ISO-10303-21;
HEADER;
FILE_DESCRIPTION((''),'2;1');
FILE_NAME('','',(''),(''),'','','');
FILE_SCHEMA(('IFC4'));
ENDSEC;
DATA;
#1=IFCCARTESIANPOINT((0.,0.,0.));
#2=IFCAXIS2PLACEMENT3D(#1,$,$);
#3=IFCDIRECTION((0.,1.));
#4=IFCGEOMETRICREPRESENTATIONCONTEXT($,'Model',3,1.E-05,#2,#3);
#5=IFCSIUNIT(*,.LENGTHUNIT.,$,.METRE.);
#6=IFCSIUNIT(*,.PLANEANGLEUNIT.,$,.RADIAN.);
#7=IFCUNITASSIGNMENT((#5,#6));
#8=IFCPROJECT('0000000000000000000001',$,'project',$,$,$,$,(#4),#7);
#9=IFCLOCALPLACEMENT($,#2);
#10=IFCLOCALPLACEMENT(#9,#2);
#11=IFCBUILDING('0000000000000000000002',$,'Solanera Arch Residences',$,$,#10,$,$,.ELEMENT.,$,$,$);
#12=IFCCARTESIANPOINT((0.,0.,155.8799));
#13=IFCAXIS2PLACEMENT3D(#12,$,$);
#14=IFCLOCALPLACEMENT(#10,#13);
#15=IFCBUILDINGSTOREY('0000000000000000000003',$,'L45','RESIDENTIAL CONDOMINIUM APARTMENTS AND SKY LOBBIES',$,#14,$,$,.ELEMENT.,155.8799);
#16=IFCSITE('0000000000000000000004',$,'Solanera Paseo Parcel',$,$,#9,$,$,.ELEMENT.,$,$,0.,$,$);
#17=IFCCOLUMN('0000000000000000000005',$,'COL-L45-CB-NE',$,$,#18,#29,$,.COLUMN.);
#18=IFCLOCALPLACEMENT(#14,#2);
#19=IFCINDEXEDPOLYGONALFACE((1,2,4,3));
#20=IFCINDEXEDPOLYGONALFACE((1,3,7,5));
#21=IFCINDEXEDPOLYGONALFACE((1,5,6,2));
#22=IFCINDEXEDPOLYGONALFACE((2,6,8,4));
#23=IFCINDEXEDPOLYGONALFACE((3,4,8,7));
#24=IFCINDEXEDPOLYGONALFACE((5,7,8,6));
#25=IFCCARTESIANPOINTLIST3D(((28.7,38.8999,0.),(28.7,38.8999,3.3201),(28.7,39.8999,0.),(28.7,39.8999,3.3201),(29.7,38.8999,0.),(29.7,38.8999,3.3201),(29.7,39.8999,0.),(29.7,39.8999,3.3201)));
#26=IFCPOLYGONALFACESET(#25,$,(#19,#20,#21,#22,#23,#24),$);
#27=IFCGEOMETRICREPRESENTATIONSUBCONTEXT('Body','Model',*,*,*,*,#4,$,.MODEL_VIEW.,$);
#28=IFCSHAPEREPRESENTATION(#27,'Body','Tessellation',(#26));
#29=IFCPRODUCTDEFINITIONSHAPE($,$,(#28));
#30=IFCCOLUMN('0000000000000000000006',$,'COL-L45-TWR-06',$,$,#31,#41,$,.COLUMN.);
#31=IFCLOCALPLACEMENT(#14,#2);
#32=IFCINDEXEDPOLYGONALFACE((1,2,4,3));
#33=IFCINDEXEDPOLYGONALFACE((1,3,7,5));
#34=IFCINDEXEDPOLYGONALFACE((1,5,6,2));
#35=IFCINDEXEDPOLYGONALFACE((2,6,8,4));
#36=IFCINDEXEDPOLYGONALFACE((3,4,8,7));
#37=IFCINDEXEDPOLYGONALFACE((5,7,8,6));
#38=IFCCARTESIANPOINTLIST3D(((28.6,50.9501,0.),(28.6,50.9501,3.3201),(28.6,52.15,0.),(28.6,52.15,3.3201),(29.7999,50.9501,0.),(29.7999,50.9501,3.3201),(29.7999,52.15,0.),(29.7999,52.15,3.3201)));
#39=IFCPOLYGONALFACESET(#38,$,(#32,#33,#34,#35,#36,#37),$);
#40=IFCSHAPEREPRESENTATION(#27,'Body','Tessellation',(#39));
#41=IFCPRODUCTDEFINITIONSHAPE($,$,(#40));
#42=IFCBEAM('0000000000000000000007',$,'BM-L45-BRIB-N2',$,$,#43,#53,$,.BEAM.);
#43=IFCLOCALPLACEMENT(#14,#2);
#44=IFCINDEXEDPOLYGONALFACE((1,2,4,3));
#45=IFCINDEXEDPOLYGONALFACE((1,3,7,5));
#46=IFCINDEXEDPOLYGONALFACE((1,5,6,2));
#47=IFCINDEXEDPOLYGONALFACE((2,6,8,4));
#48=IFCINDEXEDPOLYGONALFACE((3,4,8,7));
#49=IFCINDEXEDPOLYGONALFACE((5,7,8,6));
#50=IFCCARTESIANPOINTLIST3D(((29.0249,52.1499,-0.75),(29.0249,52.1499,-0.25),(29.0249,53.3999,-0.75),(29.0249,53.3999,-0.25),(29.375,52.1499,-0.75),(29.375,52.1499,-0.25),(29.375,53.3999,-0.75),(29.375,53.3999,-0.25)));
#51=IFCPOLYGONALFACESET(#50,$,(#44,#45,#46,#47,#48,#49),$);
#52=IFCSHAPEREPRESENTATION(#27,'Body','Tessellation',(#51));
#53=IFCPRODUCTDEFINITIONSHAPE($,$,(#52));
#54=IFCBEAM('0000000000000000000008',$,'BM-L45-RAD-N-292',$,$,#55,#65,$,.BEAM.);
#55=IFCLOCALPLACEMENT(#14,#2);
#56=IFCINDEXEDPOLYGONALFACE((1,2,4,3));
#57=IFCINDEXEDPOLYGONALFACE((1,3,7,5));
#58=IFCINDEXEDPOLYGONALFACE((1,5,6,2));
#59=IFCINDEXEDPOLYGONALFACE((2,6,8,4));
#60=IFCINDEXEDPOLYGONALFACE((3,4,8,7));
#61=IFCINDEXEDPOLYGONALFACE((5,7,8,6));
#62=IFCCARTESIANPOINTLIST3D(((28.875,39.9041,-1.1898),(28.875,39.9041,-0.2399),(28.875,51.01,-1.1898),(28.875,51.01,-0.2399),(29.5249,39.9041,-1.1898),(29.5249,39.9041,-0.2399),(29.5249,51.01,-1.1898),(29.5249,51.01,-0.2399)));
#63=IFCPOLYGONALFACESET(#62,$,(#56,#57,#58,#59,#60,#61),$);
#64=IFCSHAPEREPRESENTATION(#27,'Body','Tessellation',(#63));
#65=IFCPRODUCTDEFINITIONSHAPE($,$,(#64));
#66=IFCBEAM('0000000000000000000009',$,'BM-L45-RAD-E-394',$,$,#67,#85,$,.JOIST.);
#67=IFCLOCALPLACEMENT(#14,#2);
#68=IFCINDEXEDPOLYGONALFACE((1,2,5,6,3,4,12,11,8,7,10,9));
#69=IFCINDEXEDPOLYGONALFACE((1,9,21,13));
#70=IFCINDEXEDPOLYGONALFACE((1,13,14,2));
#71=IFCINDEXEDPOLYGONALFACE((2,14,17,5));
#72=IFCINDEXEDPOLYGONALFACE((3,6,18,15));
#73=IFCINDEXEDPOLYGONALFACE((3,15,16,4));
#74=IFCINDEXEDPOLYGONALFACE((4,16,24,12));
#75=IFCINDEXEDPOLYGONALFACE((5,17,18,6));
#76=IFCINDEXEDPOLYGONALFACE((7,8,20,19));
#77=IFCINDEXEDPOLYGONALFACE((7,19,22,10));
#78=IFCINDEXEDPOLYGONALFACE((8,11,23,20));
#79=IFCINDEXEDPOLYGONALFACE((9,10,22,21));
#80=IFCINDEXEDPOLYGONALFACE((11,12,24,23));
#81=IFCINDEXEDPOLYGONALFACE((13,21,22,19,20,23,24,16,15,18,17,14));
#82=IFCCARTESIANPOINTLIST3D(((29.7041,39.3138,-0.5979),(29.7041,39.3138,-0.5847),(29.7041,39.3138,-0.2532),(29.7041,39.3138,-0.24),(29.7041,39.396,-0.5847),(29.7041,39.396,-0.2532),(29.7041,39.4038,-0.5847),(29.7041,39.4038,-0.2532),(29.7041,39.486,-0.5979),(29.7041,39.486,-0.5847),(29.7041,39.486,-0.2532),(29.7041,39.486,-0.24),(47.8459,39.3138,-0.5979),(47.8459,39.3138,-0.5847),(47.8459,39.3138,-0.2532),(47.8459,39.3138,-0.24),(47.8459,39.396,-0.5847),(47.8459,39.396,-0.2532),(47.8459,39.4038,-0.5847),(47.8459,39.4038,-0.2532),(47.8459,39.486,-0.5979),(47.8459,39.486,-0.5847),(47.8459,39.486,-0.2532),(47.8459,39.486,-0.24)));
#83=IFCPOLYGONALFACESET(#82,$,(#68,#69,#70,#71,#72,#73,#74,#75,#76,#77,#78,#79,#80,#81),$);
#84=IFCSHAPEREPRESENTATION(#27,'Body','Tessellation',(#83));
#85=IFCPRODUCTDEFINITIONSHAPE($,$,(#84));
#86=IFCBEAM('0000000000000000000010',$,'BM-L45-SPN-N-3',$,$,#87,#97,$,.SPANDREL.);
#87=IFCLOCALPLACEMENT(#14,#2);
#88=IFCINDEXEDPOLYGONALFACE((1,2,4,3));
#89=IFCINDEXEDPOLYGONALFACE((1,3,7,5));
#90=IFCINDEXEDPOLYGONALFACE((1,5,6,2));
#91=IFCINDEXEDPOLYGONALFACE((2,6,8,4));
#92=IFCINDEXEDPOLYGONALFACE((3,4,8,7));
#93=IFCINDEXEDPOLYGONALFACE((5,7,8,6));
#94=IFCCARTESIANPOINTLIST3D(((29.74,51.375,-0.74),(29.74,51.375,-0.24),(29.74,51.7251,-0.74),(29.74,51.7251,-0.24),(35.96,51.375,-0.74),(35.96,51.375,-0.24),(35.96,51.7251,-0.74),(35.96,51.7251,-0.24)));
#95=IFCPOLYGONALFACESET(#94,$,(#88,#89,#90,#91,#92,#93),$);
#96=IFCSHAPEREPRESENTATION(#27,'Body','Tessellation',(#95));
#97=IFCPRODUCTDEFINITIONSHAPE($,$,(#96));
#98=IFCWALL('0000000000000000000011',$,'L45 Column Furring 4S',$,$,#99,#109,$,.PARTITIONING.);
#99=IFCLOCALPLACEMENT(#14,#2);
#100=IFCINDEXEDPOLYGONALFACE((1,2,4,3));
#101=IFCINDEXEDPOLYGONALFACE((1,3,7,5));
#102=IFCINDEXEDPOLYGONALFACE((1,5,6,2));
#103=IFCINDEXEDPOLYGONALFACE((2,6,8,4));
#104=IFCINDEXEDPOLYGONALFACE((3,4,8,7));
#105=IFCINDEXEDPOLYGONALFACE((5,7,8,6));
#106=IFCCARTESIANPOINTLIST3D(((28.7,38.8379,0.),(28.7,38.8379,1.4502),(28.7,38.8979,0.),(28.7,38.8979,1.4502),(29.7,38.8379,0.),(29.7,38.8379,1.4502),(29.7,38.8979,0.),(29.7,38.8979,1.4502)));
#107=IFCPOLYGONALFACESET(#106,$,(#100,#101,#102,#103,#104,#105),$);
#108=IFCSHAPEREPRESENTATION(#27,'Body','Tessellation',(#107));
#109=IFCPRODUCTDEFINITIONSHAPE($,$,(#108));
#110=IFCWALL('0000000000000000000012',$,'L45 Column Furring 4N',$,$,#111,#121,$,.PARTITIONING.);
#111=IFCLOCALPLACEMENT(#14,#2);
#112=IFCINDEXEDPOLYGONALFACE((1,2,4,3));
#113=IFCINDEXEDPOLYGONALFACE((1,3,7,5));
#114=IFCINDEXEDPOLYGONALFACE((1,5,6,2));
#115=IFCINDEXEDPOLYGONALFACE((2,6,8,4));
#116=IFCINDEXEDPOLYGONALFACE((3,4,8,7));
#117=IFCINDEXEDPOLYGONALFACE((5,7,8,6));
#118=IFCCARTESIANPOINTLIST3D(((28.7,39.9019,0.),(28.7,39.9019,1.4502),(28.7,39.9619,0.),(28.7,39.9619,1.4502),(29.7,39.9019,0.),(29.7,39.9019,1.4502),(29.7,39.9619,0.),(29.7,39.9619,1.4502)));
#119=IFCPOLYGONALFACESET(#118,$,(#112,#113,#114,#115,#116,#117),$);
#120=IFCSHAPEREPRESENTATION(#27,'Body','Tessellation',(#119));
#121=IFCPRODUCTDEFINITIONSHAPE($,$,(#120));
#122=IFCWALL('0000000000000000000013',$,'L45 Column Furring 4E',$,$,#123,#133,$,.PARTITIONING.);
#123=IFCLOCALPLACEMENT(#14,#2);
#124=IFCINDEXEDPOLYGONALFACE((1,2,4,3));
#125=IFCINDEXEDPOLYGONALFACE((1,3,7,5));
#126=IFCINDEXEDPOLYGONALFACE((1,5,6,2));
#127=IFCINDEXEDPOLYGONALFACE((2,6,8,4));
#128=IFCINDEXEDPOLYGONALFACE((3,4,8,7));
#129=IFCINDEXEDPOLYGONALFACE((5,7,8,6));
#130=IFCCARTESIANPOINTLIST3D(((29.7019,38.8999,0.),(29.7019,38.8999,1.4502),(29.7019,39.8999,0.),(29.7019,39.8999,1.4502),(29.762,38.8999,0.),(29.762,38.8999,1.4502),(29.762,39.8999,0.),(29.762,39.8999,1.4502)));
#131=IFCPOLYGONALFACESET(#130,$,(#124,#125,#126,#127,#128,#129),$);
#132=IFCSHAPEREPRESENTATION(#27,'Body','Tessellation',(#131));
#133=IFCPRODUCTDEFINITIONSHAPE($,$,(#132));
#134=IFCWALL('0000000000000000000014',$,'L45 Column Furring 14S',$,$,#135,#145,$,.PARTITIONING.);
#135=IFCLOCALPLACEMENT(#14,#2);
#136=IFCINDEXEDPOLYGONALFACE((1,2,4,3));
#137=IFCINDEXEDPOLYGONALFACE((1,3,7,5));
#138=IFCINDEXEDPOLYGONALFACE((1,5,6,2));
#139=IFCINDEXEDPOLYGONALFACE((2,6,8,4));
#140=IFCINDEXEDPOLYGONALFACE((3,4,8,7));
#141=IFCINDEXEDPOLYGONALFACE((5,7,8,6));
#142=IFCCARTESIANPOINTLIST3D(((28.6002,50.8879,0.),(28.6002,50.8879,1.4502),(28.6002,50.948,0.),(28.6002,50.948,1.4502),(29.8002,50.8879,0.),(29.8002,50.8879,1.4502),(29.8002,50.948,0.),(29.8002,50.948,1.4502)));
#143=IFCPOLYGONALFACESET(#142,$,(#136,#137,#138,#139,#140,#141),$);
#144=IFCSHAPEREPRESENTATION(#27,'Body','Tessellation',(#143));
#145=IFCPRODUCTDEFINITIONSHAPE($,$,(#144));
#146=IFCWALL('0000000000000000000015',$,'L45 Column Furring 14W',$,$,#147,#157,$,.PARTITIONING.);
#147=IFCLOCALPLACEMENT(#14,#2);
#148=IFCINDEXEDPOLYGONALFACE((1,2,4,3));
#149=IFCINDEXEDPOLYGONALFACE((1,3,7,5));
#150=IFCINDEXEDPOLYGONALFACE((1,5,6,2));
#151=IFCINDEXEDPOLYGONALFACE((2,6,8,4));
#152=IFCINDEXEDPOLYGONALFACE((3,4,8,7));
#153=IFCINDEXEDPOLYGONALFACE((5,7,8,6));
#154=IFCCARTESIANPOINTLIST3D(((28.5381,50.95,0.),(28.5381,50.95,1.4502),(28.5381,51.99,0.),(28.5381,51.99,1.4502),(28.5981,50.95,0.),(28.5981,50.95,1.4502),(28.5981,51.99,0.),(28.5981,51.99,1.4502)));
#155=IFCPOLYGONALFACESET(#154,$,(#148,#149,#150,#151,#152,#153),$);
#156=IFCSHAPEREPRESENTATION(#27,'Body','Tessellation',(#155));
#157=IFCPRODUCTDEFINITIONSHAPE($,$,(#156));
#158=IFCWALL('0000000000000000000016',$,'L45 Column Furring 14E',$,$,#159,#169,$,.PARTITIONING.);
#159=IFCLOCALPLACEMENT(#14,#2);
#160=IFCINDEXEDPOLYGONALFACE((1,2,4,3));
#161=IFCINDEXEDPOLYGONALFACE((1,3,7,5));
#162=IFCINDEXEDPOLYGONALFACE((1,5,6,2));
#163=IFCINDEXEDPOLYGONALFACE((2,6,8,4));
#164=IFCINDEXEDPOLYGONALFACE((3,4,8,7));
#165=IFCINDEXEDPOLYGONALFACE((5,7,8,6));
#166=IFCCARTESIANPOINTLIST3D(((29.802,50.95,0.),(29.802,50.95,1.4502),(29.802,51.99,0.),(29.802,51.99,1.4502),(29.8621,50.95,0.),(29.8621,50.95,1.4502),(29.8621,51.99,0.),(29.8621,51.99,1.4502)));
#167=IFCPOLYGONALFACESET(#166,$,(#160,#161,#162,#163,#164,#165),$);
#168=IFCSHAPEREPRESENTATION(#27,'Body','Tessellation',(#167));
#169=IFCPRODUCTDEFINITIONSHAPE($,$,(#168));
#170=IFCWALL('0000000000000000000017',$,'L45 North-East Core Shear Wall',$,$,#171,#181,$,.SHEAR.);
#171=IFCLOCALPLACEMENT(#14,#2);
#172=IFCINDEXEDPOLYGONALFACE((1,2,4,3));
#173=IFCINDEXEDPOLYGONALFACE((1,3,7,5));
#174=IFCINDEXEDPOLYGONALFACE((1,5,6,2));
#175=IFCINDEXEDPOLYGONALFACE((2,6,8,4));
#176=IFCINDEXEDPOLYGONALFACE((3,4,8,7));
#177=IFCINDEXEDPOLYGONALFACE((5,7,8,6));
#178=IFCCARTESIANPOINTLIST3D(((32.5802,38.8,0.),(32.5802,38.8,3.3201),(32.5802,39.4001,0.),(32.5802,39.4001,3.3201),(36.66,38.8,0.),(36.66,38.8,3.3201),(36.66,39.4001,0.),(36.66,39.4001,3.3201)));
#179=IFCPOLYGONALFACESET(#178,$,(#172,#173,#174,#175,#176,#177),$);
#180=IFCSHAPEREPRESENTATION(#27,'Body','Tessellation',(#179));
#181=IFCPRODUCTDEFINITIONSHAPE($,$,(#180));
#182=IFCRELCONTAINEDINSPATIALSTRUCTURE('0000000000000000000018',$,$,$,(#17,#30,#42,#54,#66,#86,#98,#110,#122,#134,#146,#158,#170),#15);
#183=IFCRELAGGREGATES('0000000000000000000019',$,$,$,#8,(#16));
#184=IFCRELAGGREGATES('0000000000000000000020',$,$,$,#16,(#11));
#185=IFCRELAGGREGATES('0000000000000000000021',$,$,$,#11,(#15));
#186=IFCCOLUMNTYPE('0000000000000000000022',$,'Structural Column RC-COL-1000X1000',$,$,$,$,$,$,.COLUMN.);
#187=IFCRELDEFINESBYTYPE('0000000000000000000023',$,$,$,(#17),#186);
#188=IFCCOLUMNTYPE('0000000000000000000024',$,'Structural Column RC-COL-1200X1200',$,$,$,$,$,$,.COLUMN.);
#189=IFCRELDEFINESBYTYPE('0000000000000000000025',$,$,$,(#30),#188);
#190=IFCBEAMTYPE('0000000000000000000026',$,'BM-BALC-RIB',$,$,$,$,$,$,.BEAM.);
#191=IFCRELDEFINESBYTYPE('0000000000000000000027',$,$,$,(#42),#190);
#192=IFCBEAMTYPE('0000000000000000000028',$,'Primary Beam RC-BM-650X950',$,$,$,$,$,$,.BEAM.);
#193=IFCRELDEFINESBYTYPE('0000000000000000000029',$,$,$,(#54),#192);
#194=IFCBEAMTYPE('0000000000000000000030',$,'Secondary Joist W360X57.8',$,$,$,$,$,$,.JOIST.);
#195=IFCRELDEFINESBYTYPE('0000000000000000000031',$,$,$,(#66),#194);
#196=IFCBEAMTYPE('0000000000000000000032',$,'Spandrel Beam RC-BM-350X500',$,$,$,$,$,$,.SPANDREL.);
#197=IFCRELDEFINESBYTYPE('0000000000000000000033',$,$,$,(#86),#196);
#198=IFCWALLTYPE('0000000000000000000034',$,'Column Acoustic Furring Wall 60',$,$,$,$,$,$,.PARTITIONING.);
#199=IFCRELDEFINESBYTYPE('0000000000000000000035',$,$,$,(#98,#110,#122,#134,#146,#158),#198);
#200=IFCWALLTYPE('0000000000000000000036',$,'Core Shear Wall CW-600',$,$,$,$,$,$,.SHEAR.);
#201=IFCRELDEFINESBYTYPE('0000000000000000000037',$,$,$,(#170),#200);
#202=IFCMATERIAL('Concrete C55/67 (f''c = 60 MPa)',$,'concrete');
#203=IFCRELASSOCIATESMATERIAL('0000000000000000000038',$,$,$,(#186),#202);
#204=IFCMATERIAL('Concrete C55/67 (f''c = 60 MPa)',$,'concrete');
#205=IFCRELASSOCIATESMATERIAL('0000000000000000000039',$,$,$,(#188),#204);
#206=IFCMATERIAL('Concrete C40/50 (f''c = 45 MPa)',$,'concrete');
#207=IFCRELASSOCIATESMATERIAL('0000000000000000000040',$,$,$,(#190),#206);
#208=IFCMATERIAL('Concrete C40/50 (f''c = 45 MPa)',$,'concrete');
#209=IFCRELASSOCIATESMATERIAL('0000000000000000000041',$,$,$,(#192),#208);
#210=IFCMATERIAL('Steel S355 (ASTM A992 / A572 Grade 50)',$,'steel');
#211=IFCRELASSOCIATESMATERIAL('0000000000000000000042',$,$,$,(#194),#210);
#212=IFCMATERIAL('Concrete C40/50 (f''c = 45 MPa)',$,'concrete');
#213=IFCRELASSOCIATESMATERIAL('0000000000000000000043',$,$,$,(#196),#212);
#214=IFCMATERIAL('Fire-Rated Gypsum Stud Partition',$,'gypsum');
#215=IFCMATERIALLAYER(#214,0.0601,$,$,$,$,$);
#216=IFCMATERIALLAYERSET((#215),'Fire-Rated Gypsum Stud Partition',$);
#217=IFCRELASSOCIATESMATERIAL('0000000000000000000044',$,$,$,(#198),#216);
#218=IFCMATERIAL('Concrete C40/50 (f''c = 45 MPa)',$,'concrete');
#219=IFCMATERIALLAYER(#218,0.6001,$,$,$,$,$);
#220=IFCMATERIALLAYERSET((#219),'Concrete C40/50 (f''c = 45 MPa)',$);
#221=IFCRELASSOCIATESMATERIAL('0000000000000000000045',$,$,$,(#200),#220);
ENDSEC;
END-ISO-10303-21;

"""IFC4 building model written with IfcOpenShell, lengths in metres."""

from ifc_helpers import new_model, si_unit, direction, frame, frame_2d, origin, origin_2d, place, context, subcontext, project, spatial, rectangle, i_section, extrude, material, layer, layer_set, material_profile, profile_set, type_object, element, save


model = new_model("IFC4")

# Units and contexts
model_context = context("Model", 3, precision=1e-05, world=origin(), true_north=direction((0.0, 1.0)))
body_context = subcontext(model_context, "Body", "Model", "MODEL_VIEW")
ifc_project = project(units=[si_unit("LENGTHUNIT", "METRE"), si_unit("PLANEANGLEUNIT", "RADIAN")], contexts=[model_context])

# Site, building, storey
site_placement = place(None, origin())
site = spatial("IfcSite", under=ifc_project, at=site_placement, Name="Solanera Paseo Parcel", CompositionType="ELEMENT", RefElevation=0.0)
building_placement = place(site_placement, origin())
building = spatial("IfcBuilding", under=site, at=building_placement, Name="Solanera Arch Residences", CompositionType="ELEMENT")
storey_placement = place(building_placement, frame((0.0, 0.0, 155.8799)))
storey = spatial("IfcBuildingStorey", under=building, at=storey_placement, Name="L45", Description="RESIDENTIAL CONDOMINIUM APARTMENTS AND SKY LOBBIES", CompositionType="ELEMENT", Elevation=155.8799)

# Columns
ifc_material_1 = material(Name="Concrete C55/67 (f'c = 60 MPa)", Category="concrete")
ifc_material_profile_1 = material_profile(ifc_material_1, rectangle(XDim=1.0, YDim=1.0, at=origin_2d()))
ifc_profile_set_1 = profile_set([ifc_material_profile_1], Name="Concrete C55/67 (f'c = 60 MPa)")
column_type_1 = type_object("IfcColumnType", Name="Structural Column RC-COL-1000X1000", PredefinedType="COLUMN", material=ifc_profile_set_1)
column_1_placement = place(storey_placement, frame((29.2, 39.3999, 0.0), z_axis=(0.0, 0.0, 1.0), x_axis=(1.0, 0.0, 0.0)))
element("IfcColumn", 1, at=column_1_placement, inside=storey, type_object=column_type_1, Name="COL-L45-CB-NE", PredefinedType="COLUMN", context=body_context, shape_type="SweptSolid", body=[
    extrude(rectangle(XDim=1.0, YDim=1.0, at=origin_2d()), origin(), (0.0, 0.0, 1.0), 3.3201),
])
ifc_material_2 = material(Name="Concrete C55/67 (f'c = 60 MPa)", Category="concrete")
ifc_material_profile_2 = material_profile(ifc_material_2, rectangle(XDim=1.2, YDim=1.2, at=origin_2d()))
ifc_profile_set_2 = profile_set([ifc_material_profile_2], Name="Concrete C55/67 (f'c = 60 MPa)")
column_type_2 = type_object("IfcColumnType", Name="Structural Column RC-COL-1200X1200", PredefinedType="COLUMN", material=ifc_profile_set_2)
column_2_placement = place(storey_placement, frame((29.2, 51.55, 0.0), z_axis=(0.0, 0.0, 1.0), x_axis=(1.0, 0.0, 0.0)))
element("IfcColumn", 2, at=column_2_placement, inside=storey, type_object=column_type_2, Name="COL-L45-TWR-06", PredefinedType="COLUMN", context=body_context, shape_type="SweptSolid", body=[
    extrude(rectangle(XDim=1.2, YDim=1.2, at=origin_2d()), origin(), (0.0, 0.0, 1.0), 3.3201),
])

# Beams
ifc_material_3 = material(Name="Concrete C40/50 (f'c = 45 MPa)", Category="concrete")
ifc_material_profile_3 = material_profile(ifc_material_3, rectangle(XDim=0.3501, YDim=0.5, at=origin_2d()))
ifc_profile_set_3 = profile_set([ifc_material_profile_3], Name="Concrete C40/50 (f'c = 45 MPa)")
beam_type_1 = type_object("IfcBeamType", Name="BM-BALC-RIB", PredefinedType="BEAM", material=ifc_profile_set_3)
beam_1_placement = place(storey_placement, frame((29.2, 52.1499, -0.5), z_axis=(0.0, 1.0, 0.0), x_axis=(-1.0, 0.0, 0.0)))
element("IfcBeam", 3, at=beam_1_placement, inside=storey, type_object=beam_type_1, Name="BM-L45-BRIB-N2", PredefinedType="BEAM", context=body_context, shape_type="SweptSolid", body=[
    extrude(rectangle(XDim=0.3501, YDim=0.5, at=origin_2d()), origin(), (0.0, 0.0, 1.0), 1.25),
])
ifc_material_4 = material(Name="Concrete C40/50 (f'c = 45 MPa)", Category="concrete")
ifc_material_profile_4 = material_profile(ifc_material_4, rectangle(XDim=0.6499, YDim=0.95, at=origin_2d()))
ifc_profile_set_4 = profile_set([ifc_material_profile_4], Name="Concrete C40/50 (f'c = 45 MPa)")
beam_type_2 = type_object("IfcBeamType", Name="Primary Beam RC-BM-650X950", PredefinedType="BEAM", material=ifc_profile_set_4)
beam_2_placement = place(storey_placement, frame((29.2, 39.9041, -0.7148), z_axis=(0.0, 1.0, 0.0), x_axis=(-1.0, 0.0, 0.0)))
element("IfcBeam", 4, at=beam_2_placement, inside=storey, type_object=beam_type_2, Name="BM-L45-RAD-N-292", PredefinedType="BEAM", context=body_context, shape_type="SweptSolid", body=[
    extrude(rectangle(XDim=0.6499, YDim=0.95, at=origin_2d()), origin(), (0.0, 0.0, 1.0), 11.106),
])
ifc_material_5 = material(Name="Steel S355 (ASTM A992 / A572 Grade 50)", Category="steel")
ifc_material_profile_5 = material_profile(ifc_material_5, i_section(OverallWidth=0.1721, OverallDepth=0.3579, WebThickness=0.0078, FlangeThickness=0.0132, at=origin_2d()))
ifc_profile_set_5 = profile_set([ifc_material_profile_5], Name="Steel S355 (ASTM A992 / A572 Grade 50)")
beam_type_3 = type_object("IfcBeamType", Name="Secondary Joist W360X57.8", PredefinedType="JOIST", material=ifc_profile_set_5)
beam_3_placement = place(storey_placement, frame((29.7041, 39.3999, -0.4189), z_axis=(1.0, 0.0, 0.0), x_axis=(0.0, 1.0, 0.0)))
element("IfcBeam", 5, at=beam_3_placement, inside=storey, type_object=beam_type_3, Name="BM-L45-RAD-E-394", PredefinedType="JOIST", context=body_context, shape_type="SweptSolid", body=[
    extrude(i_section(OverallWidth=0.1721, OverallDepth=0.3579, WebThickness=0.0078, FlangeThickness=0.0132, at=origin_2d()), origin(), (0.0, 0.0, 1.0), 18.1418),
])
ifc_material_6 = material(Name="Concrete C40/50 (f'c = 45 MPa)", Category="concrete")
ifc_material_profile_6 = material_profile(ifc_material_6, rectangle(XDim=0.3501, YDim=0.5, at=origin_2d()))
ifc_profile_set_6 = profile_set([ifc_material_profile_6], Name="Concrete C40/50 (f'c = 45 MPa)")
beam_type_4 = type_object("IfcBeamType", Name="Spandrel Beam RC-BM-350X500", PredefinedType="SPANDREL", material=ifc_profile_set_6)
beam_4_placement = place(storey_placement, frame((29.74, 51.55, -0.49), z_axis=(1.0, 0.0, 0.0), x_axis=(0.0, 1.0, 0.0)))
element("IfcBeam", 6, at=beam_4_placement, inside=storey, type_object=beam_type_4, Name="BM-L45-SPN-N-3", PredefinedType="SPANDREL", context=body_context, shape_type="SweptSolid", body=[
    extrude(rectangle(XDim=0.3501, YDim=0.5, at=origin_2d()), origin(), (0.0, 0.0, 1.0), 6.22),
])

# Walls
ifc_material_7 = material(Name="Fire-Rated Gypsum Stud Partition", Category="gypsum")
ifc_layer_1 = layer(ifc_material_7, 0.0601)
ifc_layer_set_1 = layer_set([ifc_layer_1], Name="Fire-Rated Gypsum Stud Partition")
wall_type_1 = type_object("IfcWallType", Name="Column Acoustic Furring Wall 60", PredefinedType="PARTITIONING", material=ifc_layer_set_1)
for number, where, z_axis, x_axis, name in (
    (7, (28.7, 38.8679, 0.0), (0.0, 0.0, 1.0), (1.0, 0.0, 0.0), "L45 Column Furring 4S"),
    (8, (28.7, 39.9319, 0.0), (0.0, 0.0, 1.0), (1.0, 0.0, 0.0), "L45 Column Furring 4N"),
    (9, (29.7319, 38.8999, 0.0), (0.0, 0.0, 1.0), (0.0, 1.0, 0.0), "L45 Column Furring 4E"),
):
    element("IfcWall", number, at=place(storey_placement, frame(where, z_axis=z_axis, x_axis=x_axis)), inside=storey, type_object=wall_type_1, Name=name, PredefinedType="PARTITIONING", context=body_context, shape_type="SweptSolid", body=[
        extrude(rectangle(XDim=1.0, YDim=0.0601, at=frame_2d((0.5, 0.0))), origin(), (0.0, 0.0, 1.0), 1.4502),
    ])
wall_1_placement = place(storey_placement, frame((28.6001, 50.918, 0.0), z_axis=(0.0, 0.0, 1.0), x_axis=(1.0, 0.0, 0.0)))
element("IfcWall", 10, at=wall_1_placement, inside=storey, type_object=wall_type_1, Name="L45 Column Furring 14S", PredefinedType="PARTITIONING", context=body_context, shape_type="SweptSolid", body=[
    extrude(rectangle(XDim=1.2, YDim=0.0601, at=frame_2d((0.6001, 0.0))), origin(), (0.0, 0.0, 1.0), 1.4502),
])
for number, where, z_axis, x_axis, name in (
    (11, (28.5681, 50.95, 0.0), (0.0, 0.0, 1.0), (0.0, 1.0, 0.0), "L45 Column Furring 14W"),
    (12, (29.832, 50.95, 0.0), (0.0, 0.0, 1.0), (0.0, 1.0, 0.0), "L45 Column Furring 14E"),
):
    element("IfcWall", number, at=place(storey_placement, frame(where, z_axis=z_axis, x_axis=x_axis)), inside=storey, type_object=wall_type_1, Name=name, PredefinedType="PARTITIONING", context=body_context, shape_type="SweptSolid", body=[
        extrude(rectangle(XDim=1.04, YDim=0.0601, at=frame_2d((0.52, 0.0))), origin(), (0.0, 0.0, 1.0), 1.4502),
    ])
ifc_material_8 = material(Name="Concrete C40/50 (f'c = 45 MPa)", Category="concrete")
ifc_layer_2 = layer(ifc_material_8, 0.6001)
ifc_layer_set_2 = layer_set([ifc_layer_2], Name="Concrete C40/50 (f'c = 45 MPa)")
wall_type_2 = type_object("IfcWallType", Name="Core Shear Wall CW-600", PredefinedType="SHEAR", material=ifc_layer_set_2)
wall_2_placement = place(storey_placement, frame((32.5801, 39.1001, 0.0), z_axis=(0.0, 0.0, 1.0), x_axis=(1.0, 0.0, 0.0)))
element("IfcWall", 13, at=wall_2_placement, inside=storey, type_object=wall_type_2, Name="L45 North-East Core Shear Wall", PredefinedType="SHEAR", context=body_context, shape_type="SweptSolid", body=[
    extrude(rectangle(XDim=4.0798, YDim=0.6001, at=frame_2d((2.04, 0.0))), origin(), (0.0, 0.0, 1.0), 3.3201),
])

save(model, "model.ifc")
